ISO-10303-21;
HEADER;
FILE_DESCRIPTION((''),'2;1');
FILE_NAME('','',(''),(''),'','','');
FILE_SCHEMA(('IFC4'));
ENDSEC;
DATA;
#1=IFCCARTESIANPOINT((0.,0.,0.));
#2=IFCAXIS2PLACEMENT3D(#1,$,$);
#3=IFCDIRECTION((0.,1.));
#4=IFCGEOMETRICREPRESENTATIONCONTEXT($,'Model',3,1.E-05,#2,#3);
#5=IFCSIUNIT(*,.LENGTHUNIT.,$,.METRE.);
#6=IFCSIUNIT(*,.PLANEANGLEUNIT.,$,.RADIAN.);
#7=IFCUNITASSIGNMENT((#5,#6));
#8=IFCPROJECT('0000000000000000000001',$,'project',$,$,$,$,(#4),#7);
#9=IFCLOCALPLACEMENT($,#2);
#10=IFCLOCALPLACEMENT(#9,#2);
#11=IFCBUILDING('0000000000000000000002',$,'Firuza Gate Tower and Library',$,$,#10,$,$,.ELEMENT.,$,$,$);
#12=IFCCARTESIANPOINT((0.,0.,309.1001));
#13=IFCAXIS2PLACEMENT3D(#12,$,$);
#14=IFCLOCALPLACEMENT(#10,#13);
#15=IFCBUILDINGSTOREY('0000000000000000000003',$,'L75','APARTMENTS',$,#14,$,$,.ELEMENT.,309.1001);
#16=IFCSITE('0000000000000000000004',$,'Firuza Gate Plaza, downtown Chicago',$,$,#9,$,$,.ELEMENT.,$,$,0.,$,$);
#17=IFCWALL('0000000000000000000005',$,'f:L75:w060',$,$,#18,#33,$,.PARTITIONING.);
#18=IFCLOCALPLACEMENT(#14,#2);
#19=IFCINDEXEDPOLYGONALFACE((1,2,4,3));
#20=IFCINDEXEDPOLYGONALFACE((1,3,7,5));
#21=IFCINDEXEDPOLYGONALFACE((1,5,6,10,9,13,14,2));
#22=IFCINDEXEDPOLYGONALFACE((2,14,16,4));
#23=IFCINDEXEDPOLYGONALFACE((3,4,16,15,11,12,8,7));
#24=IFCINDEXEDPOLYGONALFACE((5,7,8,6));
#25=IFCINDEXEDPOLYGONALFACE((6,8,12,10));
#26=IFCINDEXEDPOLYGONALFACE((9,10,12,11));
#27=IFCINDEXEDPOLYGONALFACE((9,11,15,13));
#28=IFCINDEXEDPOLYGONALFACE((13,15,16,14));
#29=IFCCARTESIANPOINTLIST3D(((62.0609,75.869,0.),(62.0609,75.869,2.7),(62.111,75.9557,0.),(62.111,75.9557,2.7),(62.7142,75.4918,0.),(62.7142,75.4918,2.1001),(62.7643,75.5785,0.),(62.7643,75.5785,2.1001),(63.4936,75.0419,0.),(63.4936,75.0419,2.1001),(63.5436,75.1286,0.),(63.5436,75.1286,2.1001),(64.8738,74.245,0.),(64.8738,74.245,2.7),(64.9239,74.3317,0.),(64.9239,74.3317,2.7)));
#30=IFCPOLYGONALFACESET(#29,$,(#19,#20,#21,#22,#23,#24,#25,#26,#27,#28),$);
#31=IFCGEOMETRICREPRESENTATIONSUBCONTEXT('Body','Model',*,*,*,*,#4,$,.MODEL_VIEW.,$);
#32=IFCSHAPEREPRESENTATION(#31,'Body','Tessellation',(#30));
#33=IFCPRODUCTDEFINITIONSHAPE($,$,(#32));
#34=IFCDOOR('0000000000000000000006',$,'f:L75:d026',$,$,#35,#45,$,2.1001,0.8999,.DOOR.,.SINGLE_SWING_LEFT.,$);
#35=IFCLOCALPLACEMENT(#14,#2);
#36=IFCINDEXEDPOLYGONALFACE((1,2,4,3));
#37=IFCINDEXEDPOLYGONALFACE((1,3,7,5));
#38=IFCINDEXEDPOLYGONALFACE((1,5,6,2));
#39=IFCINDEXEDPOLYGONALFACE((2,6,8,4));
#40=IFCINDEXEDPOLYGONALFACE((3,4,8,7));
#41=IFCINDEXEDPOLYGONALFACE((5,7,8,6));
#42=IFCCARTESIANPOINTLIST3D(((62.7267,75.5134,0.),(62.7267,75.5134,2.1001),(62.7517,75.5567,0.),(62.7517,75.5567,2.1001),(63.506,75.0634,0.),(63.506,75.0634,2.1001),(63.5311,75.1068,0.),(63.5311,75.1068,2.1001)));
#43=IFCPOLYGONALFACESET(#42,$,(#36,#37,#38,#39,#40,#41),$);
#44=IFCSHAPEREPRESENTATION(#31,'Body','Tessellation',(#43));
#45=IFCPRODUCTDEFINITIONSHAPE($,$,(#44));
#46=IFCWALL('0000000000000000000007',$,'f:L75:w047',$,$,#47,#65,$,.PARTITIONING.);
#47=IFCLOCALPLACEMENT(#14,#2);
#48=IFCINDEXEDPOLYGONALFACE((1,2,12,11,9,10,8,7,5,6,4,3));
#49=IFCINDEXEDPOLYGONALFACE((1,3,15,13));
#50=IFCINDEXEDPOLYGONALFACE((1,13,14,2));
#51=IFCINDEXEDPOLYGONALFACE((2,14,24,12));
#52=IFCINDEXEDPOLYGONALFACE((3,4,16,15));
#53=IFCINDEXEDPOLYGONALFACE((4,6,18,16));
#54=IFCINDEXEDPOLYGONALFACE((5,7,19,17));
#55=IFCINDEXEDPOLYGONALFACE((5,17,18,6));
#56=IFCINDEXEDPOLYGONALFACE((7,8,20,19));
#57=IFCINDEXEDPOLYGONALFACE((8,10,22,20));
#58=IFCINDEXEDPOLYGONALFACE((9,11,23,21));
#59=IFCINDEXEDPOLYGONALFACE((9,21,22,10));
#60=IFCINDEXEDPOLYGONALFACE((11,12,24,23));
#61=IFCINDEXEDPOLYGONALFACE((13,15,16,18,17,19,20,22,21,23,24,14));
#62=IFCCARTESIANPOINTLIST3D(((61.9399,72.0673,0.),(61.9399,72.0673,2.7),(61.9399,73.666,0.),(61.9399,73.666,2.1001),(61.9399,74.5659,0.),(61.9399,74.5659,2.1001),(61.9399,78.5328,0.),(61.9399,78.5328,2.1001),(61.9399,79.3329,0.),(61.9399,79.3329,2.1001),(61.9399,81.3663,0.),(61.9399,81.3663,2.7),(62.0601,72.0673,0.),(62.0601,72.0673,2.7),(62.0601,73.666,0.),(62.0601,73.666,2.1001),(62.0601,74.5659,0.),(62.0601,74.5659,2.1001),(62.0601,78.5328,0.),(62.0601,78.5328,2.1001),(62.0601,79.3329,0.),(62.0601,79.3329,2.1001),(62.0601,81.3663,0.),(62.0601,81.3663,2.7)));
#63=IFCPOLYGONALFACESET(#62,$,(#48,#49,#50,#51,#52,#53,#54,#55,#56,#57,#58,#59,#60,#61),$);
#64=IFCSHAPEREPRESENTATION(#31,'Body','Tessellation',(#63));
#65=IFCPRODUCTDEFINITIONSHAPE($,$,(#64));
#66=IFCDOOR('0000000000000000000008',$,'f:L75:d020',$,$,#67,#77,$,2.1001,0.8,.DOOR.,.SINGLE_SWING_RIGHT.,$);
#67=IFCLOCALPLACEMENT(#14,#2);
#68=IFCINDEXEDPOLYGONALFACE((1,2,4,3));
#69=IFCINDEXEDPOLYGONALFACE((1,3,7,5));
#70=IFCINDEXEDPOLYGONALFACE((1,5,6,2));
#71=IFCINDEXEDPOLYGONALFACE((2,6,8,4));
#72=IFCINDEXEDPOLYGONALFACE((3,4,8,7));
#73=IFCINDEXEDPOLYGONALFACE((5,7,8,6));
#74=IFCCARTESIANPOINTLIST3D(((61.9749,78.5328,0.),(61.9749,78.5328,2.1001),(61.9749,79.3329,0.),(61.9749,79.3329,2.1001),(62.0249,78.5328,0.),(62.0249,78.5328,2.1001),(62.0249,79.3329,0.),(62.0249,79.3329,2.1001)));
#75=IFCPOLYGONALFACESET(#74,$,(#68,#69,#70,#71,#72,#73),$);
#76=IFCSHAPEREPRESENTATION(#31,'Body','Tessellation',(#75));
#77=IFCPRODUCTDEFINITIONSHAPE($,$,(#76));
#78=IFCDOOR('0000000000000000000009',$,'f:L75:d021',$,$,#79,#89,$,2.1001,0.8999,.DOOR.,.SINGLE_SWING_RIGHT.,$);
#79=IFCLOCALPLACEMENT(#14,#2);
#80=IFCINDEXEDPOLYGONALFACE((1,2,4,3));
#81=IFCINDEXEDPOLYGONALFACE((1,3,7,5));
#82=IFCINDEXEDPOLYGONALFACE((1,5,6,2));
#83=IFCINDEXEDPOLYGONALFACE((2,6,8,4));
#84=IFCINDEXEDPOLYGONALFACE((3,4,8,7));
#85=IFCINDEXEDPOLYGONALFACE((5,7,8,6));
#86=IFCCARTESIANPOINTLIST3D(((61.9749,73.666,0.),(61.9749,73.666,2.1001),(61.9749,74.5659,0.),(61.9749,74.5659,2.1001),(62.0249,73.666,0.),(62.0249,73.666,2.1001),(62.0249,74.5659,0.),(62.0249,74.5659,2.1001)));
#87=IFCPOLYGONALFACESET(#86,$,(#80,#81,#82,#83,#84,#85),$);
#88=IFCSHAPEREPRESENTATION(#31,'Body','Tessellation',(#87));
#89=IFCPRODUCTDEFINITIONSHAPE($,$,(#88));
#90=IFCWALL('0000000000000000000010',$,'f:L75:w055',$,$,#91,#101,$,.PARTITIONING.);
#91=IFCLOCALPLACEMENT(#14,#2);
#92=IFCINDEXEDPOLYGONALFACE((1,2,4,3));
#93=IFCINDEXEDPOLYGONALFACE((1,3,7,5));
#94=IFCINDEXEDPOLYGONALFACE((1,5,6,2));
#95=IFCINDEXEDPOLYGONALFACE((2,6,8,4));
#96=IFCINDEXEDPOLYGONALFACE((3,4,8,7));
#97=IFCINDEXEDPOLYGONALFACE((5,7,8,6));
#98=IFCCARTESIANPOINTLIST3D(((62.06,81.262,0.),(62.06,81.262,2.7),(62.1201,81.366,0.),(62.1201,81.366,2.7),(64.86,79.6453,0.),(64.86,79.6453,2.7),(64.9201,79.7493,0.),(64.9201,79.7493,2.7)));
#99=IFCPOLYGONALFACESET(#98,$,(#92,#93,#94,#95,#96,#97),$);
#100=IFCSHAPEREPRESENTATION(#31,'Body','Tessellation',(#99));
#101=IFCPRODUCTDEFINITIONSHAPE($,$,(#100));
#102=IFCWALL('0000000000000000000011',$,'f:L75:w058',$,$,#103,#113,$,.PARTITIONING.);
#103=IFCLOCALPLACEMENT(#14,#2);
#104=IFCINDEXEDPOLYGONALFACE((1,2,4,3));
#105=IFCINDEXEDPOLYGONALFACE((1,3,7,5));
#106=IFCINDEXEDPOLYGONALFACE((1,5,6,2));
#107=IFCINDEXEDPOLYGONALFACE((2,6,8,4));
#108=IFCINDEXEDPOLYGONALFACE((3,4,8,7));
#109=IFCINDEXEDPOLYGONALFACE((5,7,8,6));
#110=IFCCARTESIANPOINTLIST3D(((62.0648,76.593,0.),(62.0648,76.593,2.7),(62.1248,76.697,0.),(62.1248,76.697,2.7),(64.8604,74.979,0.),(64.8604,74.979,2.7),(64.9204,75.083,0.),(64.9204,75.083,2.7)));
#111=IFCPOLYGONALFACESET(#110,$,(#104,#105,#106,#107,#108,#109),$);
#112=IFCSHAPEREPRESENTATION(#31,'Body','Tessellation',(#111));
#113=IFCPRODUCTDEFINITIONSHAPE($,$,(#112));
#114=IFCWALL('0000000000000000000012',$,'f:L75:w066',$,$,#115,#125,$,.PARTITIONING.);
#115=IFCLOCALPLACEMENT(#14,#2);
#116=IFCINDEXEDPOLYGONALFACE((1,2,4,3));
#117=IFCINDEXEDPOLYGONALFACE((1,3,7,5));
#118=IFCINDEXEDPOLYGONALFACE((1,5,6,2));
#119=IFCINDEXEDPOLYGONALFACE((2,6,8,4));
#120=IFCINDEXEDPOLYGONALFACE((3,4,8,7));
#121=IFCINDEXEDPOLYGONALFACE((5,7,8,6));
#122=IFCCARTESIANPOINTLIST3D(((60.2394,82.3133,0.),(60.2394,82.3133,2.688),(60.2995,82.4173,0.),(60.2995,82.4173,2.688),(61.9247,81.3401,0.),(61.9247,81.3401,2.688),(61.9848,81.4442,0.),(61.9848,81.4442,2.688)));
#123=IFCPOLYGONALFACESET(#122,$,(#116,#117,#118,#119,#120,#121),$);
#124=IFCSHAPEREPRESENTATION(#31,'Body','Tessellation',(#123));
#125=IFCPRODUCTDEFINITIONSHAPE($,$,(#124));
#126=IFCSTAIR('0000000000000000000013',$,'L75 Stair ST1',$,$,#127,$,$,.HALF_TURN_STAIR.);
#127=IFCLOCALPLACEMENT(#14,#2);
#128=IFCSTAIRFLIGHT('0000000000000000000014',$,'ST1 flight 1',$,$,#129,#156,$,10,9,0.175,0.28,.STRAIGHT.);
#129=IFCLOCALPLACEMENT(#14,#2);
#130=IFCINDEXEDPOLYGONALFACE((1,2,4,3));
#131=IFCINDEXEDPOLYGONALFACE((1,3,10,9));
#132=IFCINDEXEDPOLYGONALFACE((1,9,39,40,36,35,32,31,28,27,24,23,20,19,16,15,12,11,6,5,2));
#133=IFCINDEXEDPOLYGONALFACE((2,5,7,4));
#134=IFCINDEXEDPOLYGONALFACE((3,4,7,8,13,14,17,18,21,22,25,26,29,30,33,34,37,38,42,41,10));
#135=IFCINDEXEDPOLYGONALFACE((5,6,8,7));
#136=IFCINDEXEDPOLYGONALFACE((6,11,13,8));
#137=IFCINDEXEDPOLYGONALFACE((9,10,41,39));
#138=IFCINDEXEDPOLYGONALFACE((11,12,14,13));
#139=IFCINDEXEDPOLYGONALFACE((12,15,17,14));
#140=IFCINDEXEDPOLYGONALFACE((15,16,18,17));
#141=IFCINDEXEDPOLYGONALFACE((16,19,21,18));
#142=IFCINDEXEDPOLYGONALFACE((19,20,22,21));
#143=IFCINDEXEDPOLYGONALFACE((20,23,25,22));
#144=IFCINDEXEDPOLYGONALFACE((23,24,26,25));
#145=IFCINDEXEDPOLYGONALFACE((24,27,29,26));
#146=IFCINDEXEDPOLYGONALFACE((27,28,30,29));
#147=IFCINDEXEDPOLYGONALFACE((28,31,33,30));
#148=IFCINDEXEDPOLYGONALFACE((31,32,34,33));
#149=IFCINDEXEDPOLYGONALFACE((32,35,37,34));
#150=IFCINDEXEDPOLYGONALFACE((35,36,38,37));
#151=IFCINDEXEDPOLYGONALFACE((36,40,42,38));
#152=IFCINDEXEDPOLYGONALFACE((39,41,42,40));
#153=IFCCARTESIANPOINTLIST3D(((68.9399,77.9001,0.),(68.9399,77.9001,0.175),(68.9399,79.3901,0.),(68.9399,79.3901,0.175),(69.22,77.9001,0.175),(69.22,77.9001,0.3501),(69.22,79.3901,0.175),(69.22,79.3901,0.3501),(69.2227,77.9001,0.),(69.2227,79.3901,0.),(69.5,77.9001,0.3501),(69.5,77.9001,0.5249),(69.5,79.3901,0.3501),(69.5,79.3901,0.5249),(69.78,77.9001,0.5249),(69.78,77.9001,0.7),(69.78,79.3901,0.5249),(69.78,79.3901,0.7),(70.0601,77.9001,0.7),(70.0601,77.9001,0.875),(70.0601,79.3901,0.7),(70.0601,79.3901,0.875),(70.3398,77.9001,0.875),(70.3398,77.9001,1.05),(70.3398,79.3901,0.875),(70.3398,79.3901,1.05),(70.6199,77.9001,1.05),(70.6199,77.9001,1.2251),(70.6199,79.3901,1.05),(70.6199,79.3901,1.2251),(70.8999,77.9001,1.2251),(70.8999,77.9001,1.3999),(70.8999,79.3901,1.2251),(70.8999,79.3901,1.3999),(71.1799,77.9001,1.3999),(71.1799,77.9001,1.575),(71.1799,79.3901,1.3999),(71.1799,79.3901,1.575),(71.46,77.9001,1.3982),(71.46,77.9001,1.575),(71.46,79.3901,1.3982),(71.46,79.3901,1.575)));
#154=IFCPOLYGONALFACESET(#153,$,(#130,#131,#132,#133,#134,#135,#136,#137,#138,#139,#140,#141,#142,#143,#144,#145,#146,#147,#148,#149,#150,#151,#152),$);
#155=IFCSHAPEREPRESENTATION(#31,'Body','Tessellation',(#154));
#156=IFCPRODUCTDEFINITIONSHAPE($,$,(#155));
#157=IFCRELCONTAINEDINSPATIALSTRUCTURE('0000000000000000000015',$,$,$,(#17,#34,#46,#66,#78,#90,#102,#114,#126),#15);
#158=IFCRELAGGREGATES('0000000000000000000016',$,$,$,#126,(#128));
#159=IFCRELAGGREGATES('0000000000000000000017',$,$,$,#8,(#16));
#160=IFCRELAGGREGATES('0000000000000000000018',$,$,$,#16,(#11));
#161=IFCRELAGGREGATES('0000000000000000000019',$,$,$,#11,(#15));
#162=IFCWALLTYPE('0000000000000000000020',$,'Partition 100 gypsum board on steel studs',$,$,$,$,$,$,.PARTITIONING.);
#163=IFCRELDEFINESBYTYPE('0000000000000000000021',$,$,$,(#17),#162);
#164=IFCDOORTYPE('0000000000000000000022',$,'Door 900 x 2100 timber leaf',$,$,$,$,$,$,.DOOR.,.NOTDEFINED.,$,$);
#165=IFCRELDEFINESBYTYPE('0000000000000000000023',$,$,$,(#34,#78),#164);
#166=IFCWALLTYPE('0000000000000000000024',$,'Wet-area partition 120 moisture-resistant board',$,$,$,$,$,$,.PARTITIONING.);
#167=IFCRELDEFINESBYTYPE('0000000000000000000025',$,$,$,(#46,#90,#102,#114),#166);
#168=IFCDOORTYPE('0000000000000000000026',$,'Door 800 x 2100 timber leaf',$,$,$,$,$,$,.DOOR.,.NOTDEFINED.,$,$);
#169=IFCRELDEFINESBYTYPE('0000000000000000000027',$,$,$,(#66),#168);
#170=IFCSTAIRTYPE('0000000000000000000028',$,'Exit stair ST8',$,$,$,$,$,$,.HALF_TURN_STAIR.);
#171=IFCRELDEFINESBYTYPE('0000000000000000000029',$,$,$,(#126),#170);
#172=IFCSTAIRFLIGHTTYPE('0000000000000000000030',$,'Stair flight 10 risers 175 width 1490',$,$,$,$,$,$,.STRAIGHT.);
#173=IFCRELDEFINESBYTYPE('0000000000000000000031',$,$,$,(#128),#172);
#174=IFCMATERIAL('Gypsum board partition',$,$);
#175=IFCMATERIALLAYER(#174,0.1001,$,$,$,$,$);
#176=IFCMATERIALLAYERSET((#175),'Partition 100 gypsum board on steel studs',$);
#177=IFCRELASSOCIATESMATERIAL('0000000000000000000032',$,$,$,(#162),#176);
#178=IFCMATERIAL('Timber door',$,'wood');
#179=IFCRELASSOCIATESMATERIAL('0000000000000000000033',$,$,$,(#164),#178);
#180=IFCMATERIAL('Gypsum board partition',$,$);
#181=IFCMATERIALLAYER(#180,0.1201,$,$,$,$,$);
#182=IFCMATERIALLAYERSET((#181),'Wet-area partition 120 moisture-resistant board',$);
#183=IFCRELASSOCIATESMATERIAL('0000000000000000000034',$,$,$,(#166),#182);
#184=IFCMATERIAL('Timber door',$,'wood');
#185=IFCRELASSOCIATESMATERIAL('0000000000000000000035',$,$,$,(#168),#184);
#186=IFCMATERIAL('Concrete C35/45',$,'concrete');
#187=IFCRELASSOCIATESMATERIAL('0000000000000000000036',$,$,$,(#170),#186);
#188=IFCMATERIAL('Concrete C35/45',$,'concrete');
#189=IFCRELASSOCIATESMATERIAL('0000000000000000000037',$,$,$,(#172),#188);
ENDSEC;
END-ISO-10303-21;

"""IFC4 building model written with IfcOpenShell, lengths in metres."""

from ifc_helpers import new_model, si_unit, direction, frame, frame_2d, origin, place, context, subcontext, project, spatial, polyline, rectangle, outline, extrude, material, layer, layer_set, type_object, element, fill, aggregate, save


model = new_model("IFC4")

# Units and contexts
model_context = context("Model", 3, precision=1e-05, world=origin(), true_north=direction((0.0, 1.0)))
body_context = subcontext(model_context, "Body", "Model", "MODEL_VIEW")
ifc_project = project(units=[si_unit("LENGTHUNIT", "METRE"), si_unit("PLANEANGLEUNIT", "RADIAN")], contexts=[model_context])

# Site, building, storey
site_placement = place(None, origin())
site = spatial("IfcSite", under=ifc_project, at=site_placement, Name="Firuza Gate Plaza, downtown Chicago", CompositionType="ELEMENT", RefElevation=0.0)
building_placement = place(site_placement, origin())
building = spatial("IfcBuilding", under=site, at=building_placement, Name="Firuza Gate Tower and Library", CompositionType="ELEMENT")
storey_placement = place(building_placement, frame((0.0, 0.0, 309.1001)))
storey = spatial("IfcBuildingStorey", under=building, at=storey_placement, Name="L75", Description="APARTMENTS", CompositionType="ELEMENT", Elevation=309.1001)

# Wall, opening, door
ifc_material_1 = material(Name="Gypsum board partition")
ifc_layer_1 = layer(ifc_material_1, 0.1001)
ifc_layer_set_1 = layer_set([ifc_layer_1], Name="Partition 100 gypsum board on steel studs")
wall_type_1 = type_object("IfcWallType", Name="Partition 100 gypsum board on steel studs", PredefinedType="PARTITIONING", material=ifc_layer_set_1)
wall_1_placement = place(storey_placement, frame((62.0859, 75.9124, 0.0), z_axis=(0.0, 0.0, 1.0), x_axis=(0.866033, -0.499987, 0.0)))
wall_1 = element("IfcWall", 1, at=wall_1_placement, inside=storey, type_object=wall_type_1, Name="f:L75:w060", PredefinedType="PARTITIONING", context=body_context, shape_type="SweptSolid", body=[
    extrude(rectangle(XDim=3.248, YDim=0.1001, at=frame_2d((1.624, 0.0))), origin(), (0.0, 0.0, 1.0), 2.7),
])
opening_1_placement = place(wall_1_placement, frame((0.7544, 0.0, 0.0)))
opening_1 = element("IfcOpeningElement", 2, at=opening_1_placement, cuts=wall_1, PredefinedType="OPENING", context=body_context, shape_type="SweptSolid", body=[
    extrude(rectangle(XDim=0.8999, YDim=2.1001, at=frame_2d((0.45, 1.05))), frame((0.0, 0.0601, 0.0), z_axis=(0.0, -1.0, 0.0), x_axis=(1.0, 0.0, 0.0)), (0.0, 0.0, 1.0), 0.1201),
])
ifc_material_2 = material(Name="Timber door", Category="wood")
door_type_1 = type_object("IfcDoorType", Name="Door 900 x 2100 timber leaf", OperationType="NOTDEFINED", PredefinedType="DOOR", material=ifc_material_2)
door_1_placement = place(opening_1_placement, origin())
door_1 = element("IfcDoor", 3, at=door_1_placement, inside=storey, type_object=door_type_1, Name="f:L75:d026", OperationType="SINGLE_SWING_LEFT", OverallHeight=2.1001, OverallWidth=0.8999, PredefinedType="DOOR", context=body_context, shape_type="SweptSolid", body=[
    extrude(rectangle(XDim=0.8999, YDim=2.1001, at=frame_2d((0.45, 1.05))), frame((0.0, 0.0249, 0.0), z_axis=(0.0, -1.0, 0.0), x_axis=(1.0, 0.0, 0.0)), (0.0, 0.0, 1.0), 0.05),
])
fill(opening_1, door_1)

# Wall, openings, doors
ifc_material_3 = material(Name="Gypsum board partition")
ifc_layer_2 = layer(ifc_material_3, 0.1201)
ifc_layer_set_2 = layer_set([ifc_layer_2], Name="Wet-area partition 120 moisture-resistant board")
wall_type_2 = type_object("IfcWallType", Name="Wet-area partition 120 moisture-resistant board", PredefinedType="PARTITIONING", material=ifc_layer_set_2)
wall_2_placement = place(storey_placement, frame((62.0, 81.3662, 0.0), z_axis=(0.0, 0.0, 1.0), x_axis=(0.0, -1.0, 0.0)))
wall_2 = element("IfcWall", 4, at=wall_2_placement, inside=storey, type_object=wall_type_2, Name="f:L75:w047", PredefinedType="PARTITIONING", context=body_context, shape_type="SweptSolid", body=[
    extrude(rectangle(XDim=9.2991, YDim=0.1201, at=frame_2d((4.6494, 0.0))), origin(), (0.0, 0.0, 1.0), 2.7),
])
opening_2_placement = place(wall_2_placement, frame((2.0334, 0.0, 0.0)))
opening_2 = element("IfcOpeningElement", 5, at=opening_2_placement, cuts=wall_2, PredefinedType="OPENING", context=body_context, shape_type="SweptSolid", body=[
    extrude(rectangle(XDim=0.8, YDim=2.1001, at=frame_2d((0.3999, 1.05))), frame((0.0, 0.0701, 0.0), z_axis=(0.0, -1.0, 0.0), x_axis=(1.0, 0.0, 0.0)), (0.0, 0.0, 1.0), 0.1401),
])
opening_3_placement = place(wall_2_placement, frame((6.8003, 0.0, 0.0)))
opening_3 = element("IfcOpeningElement", 6, at=opening_3_placement, cuts=wall_2, PredefinedType="OPENING", context=body_context, shape_type="SweptSolid", body=[
    extrude(rectangle(XDim=0.8999, YDim=2.1001, at=frame_2d((0.45, 1.05))), frame((0.0, 0.0701, 0.0), z_axis=(0.0, -1.0, 0.0), x_axis=(1.0, 0.0, 0.0)), (0.0, 0.0, 1.0), 0.1401),
])
ifc_material_4 = material(Name="Timber door", Category="wood")
door_type_2 = type_object("IfcDoorType", Name="Door 800 x 2100 timber leaf", OperationType="NOTDEFINED", PredefinedType="DOOR", material=ifc_material_4)
door_2_placement = place(opening_2_placement, origin())
door_2 = element("IfcDoor", 7, at=door_2_placement, inside=storey, type_object=door_type_2, Name="f:L75:d020", OperationType="SINGLE_SWING_RIGHT", OverallHeight=2.1001, OverallWidth=0.8, PredefinedType="DOOR", context=body_context, shape_type="SweptSolid", body=[
    extrude(rectangle(XDim=0.8, YDim=2.1001, at=frame_2d((0.3999, 1.05))), frame((0.0, 0.0249, 0.0), z_axis=(0.0, -1.0, 0.0), x_axis=(1.0, 0.0, 0.0)), (0.0, 0.0, 1.0), 0.05),
])
fill(opening_2, door_2)
door_3_placement = place(opening_3_placement, origin())
door_3 = element("IfcDoor", 8, at=door_3_placement, inside=storey, type_object=door_type_1, Name="f:L75:d021", OperationType="SINGLE_SWING_RIGHT", OverallHeight=2.1001, OverallWidth=0.8999, PredefinedType="DOOR", context=body_context, shape_type="SweptSolid", body=[
    extrude(rectangle(XDim=0.8999, YDim=2.1001, at=frame_2d((0.45, 1.05))), frame((0.0, 0.0249, 0.0), z_axis=(0.0, -1.0, 0.0), x_axis=(1.0, 0.0, 0.0)), (0.0, 0.0, 1.0), 0.05),
])
fill(opening_3, door_3)

# Walls
wall_3_placement = place(storey_placement, frame((64.8901, 79.6973, 0.0), z_axis=(0.0, 0.0, 1.0), x_axis=(-0.866013, 0.500021, 0.0)))
element("IfcWall", 9, at=wall_3_placement, inside=storey, type_object=wall_type_2, Name="f:L75:w055", PredefinedType="PARTITIONING", context=body_context, shape_type="SweptSolid", body=[
    extrude(rectangle(XDim=3.2332, YDim=0.1201, at=frame_2d((1.6167, 0.0))), origin(), (0.0, 0.0, 1.0), 2.7),
])
wall_4_placement = place(storey_placement, frame((64.8904, 75.031, 0.0), z_axis=(0.0, 0.0, 1.0), x_axis=(-0.866033, 0.499987, 0.0)))
element("IfcWall", 10, at=wall_4_placement, inside=storey, type_object=wall_type_2, Name="f:L75:w058", PredefinedType="PARTITIONING", context=body_context, shape_type="SweptSolid", body=[
    extrude(rectangle(XDim=3.228, YDim=0.1201, at=frame_2d((1.614, 0.0))), origin(), (0.0, 0.0, 1.0), 2.7),
])
wall_5_placement = place(storey_placement, frame((61.9548, 81.3921, 0.0), z_axis=(0.0, 0.0, 1.0), x_axis=(-0.865995, 0.500052, 0.0)))
element("IfcWall", 11, at=wall_5_placement, inside=storey, type_object=wall_type_2, Name="f:L75:w066", PredefinedType="PARTITIONING", context=body_context, shape_type="SweptSolid", body=[
    extrude(rectangle(XDim=1.946, YDim=0.1201, at=frame_2d((0.9731, 0.0))), origin(), (0.0, 0.0, 1.0), 2.688),
])

# Stair, stair flight
ifc_material_5 = material(Name="Concrete C35/45", Category="concrete")
stair_type = type_object("IfcStairType", Name="Exit stair ST8", PredefinedType="HALF_TURN_STAIR", material=ifc_material_5)
stair_placement = place(storey_placement, origin())
stair = element("IfcStair", 12, at=stair_placement, inside=storey, type_object=stair_type, Name="L75 Stair ST1", PredefinedType="HALF_TURN_STAIR")
ifc_material_6 = material(Name="Concrete C35/45", Category="concrete")
stair_flight_type = type_object("IfcStairFlightType", Name="Stair flight 10 risers 175 width 1490", PredefinedType="STRAIGHT", material=ifc_material_6)
stair_flight_placement = place(storey_placement, frame((68.9399, 78.645, 0.0), z_axis=(0.0, 0.0, 1.0), x_axis=(1.0, 0.0, 0.0)))
stair_flight = element("IfcStairFlight", 13, at=stair_flight_placement, type_object=stair_flight_type, Name="ST1 flight 1", NumberOfRisers=10, NumberOfTreads=9, PredefinedType="STRAIGHT", RiserHeight=0.175, TreadLength=0.28, context=body_context, shape_type="SweptSolid", body=[
    extrude(outline(polyline([(0.0, 0.0), (0.0, 0.175), (0.28, 0.175), (0.28, 0.3501), (0.5601, 0.3501), (0.5601, 0.5249), (0.8401, 0.5249), (0.8401, 0.7), (1.1201, 0.7), (1.1201, 0.875), (1.3999, 0.875), (1.3999, 1.05), (1.6799, 1.05), (1.6799, 1.2251), (1.96, 1.2251), (1.96, 1.3999), (2.24, 1.3999), (2.24, 1.575), (2.52, 1.575), (2.52, 1.75), (2.52, 1.3982), (0.2827, 0.0), (0.0, 0.0)])), frame((0.0, 0.7451, 0.0), z_axis=(0.0, -1.0, 0.0), x_axis=(1.0, 0.0, 0.0)), (0.0, 0.0, 1.0), 1.49),
])
aggregate(stair, [stair_flight])

save(model, "model.ifc")
